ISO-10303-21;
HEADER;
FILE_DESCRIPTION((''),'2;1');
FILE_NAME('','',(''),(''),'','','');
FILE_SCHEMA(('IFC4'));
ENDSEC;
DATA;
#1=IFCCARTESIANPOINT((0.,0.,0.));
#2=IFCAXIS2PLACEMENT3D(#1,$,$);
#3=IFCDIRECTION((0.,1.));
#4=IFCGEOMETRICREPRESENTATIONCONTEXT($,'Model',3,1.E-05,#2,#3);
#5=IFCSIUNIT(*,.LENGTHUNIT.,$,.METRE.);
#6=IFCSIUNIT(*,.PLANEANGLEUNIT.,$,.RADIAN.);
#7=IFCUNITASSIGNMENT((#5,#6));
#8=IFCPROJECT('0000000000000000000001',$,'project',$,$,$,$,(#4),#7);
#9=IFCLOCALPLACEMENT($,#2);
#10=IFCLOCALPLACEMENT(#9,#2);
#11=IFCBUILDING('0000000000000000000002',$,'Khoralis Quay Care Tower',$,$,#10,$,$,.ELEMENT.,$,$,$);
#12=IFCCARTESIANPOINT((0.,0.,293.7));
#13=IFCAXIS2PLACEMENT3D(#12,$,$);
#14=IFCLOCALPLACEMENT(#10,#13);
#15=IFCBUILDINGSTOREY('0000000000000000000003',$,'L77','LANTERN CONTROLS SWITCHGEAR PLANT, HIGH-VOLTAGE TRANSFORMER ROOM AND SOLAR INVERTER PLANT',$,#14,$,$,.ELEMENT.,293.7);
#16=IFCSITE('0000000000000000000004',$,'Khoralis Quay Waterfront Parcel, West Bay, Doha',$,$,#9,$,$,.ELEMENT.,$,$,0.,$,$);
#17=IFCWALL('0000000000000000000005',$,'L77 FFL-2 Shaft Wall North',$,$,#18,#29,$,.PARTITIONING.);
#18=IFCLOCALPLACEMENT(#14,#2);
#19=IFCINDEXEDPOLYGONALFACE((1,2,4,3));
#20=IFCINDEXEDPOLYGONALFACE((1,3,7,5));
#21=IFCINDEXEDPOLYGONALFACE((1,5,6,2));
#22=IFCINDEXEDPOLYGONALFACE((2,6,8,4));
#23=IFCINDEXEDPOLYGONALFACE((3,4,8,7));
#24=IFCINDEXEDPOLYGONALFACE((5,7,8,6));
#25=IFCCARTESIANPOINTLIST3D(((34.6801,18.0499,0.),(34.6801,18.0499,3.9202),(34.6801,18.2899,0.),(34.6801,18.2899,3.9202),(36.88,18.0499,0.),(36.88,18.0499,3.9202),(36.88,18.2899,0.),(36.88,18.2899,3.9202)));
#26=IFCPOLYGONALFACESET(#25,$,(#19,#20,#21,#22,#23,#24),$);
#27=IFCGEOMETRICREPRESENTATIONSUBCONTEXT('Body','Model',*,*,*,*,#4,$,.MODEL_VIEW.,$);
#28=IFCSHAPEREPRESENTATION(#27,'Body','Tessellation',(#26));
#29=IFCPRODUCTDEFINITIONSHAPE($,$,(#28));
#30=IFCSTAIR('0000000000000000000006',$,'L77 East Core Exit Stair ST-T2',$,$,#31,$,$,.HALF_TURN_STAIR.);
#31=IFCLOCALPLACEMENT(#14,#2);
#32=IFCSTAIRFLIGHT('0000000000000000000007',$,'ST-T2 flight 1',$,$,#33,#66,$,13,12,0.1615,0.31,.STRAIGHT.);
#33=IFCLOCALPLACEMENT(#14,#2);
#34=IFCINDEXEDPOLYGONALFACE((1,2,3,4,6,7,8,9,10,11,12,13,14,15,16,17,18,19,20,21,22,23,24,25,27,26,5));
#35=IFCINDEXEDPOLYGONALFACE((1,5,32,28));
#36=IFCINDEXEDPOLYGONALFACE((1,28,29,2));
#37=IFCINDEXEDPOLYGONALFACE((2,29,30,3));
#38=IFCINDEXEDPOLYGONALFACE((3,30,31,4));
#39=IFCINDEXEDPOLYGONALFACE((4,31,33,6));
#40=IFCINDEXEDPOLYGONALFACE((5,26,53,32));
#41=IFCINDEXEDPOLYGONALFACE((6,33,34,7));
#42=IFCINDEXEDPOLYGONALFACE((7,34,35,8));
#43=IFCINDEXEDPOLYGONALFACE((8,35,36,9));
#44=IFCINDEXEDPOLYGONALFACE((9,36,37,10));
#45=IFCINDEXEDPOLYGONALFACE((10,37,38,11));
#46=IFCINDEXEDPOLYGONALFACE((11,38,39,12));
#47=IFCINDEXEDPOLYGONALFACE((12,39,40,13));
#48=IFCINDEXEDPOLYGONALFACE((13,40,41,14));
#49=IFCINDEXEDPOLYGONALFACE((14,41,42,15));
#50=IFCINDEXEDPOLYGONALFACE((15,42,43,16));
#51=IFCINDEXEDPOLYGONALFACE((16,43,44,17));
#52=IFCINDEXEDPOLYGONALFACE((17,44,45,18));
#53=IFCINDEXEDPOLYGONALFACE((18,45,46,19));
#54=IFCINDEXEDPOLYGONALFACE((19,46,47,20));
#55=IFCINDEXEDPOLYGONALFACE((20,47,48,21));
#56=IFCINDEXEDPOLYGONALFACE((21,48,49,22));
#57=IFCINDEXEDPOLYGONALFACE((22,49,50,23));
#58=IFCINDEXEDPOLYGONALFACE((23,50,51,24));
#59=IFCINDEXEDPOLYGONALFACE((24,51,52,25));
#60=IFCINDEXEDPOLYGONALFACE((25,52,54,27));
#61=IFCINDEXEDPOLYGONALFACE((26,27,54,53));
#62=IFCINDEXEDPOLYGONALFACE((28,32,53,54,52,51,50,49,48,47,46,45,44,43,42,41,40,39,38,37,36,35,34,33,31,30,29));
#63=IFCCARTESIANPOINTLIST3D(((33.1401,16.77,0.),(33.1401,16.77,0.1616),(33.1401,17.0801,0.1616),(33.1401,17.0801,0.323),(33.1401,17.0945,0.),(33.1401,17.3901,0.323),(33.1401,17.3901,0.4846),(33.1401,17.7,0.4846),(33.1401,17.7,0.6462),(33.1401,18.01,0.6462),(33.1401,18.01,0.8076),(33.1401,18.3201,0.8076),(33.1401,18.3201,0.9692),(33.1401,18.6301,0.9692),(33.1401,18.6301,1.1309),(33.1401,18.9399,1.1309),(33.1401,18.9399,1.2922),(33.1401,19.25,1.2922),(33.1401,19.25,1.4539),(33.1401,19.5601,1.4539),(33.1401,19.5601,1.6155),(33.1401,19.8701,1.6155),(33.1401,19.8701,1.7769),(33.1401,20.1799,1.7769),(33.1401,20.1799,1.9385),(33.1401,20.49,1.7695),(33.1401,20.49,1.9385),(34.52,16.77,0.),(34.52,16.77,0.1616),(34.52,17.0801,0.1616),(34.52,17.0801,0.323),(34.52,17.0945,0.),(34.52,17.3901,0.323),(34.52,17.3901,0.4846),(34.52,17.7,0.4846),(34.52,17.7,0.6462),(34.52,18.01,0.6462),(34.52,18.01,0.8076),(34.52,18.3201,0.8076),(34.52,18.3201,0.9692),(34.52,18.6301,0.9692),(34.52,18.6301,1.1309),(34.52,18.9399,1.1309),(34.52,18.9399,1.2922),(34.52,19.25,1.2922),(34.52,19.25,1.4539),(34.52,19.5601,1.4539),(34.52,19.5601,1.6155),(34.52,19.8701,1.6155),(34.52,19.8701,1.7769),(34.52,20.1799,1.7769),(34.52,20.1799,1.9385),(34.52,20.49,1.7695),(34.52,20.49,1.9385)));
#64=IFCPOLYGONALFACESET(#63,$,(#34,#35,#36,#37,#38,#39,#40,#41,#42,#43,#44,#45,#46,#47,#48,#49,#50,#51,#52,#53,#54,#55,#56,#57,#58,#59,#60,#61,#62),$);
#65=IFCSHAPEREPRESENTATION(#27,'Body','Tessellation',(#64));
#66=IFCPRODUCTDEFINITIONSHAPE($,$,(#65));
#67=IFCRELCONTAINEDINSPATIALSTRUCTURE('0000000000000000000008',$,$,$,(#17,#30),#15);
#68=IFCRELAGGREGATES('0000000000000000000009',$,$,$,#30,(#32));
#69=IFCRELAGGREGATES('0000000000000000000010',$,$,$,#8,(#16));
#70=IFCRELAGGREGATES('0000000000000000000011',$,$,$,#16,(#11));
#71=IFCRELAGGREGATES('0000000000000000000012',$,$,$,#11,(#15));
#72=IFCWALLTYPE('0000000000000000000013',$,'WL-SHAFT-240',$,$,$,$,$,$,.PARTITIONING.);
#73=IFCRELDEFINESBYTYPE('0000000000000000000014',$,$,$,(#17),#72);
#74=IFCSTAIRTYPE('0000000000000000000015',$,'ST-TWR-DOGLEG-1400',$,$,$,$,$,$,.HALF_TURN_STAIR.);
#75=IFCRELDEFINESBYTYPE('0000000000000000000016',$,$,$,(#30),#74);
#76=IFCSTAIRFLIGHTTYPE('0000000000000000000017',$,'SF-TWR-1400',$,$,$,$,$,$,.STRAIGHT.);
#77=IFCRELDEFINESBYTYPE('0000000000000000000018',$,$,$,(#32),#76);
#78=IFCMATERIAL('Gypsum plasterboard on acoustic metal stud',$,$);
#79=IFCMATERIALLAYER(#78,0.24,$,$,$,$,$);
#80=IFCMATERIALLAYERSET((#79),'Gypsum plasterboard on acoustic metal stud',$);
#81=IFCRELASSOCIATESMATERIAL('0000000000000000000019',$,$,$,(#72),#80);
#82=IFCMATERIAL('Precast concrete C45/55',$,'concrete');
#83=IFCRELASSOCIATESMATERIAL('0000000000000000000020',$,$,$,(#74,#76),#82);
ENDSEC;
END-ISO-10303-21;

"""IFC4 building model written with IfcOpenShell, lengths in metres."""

from ifc_helpers import new_model, si_unit, direction, frame, frame_2d, origin, place, context, subcontext, project, spatial, polyline, rectangle, outline, extrude, source, transform, mapped, material, layer, layer_set, type_object, element, aggregate, save


model = new_model("IFC4")

# Units and contexts
model_context = context("Model", 3, precision=1e-05, world=origin(), true_north=direction((0.0, 1.0)))
body_context = subcontext(model_context, "Body", "Model", "MODEL_VIEW")
ifc_project = project(units=[si_unit("LENGTHUNIT", "METRE"), si_unit("PLANEANGLEUNIT", "RADIAN")], contexts=[model_context])

# Site, building, storey
site_placement = place(None, origin())
site = spatial("IfcSite", under=ifc_project, at=site_placement, Name="Khoralis Quay Waterfront Parcel, West Bay, Doha", CompositionType="ELEMENT", RefElevation=0.0)
building_placement = place(site_placement, origin())
building = spatial("IfcBuilding", under=site, at=building_placement, Name="Khoralis Quay Care Tower", CompositionType="ELEMENT")
storey_placement = place(building_placement, frame((0.0, 0.0, 293.7)))
storey = spatial("IfcBuildingStorey", under=building, at=storey_placement, Name="L77", Description="LANTERN CONTROLS SWITCHGEAR PLANT, HIGH-VOLTAGE TRANSFORMER ROOM AND SOLAR INVERTER PLANT", CompositionType="ELEMENT", Elevation=293.7)

# Shared definitions
ifc_material_1 = material(Name="Gypsum plasterboard on acoustic metal stud")

# Wall
ifc_layer_1 = layer(ifc_material_1, 0.24)
ifc_layer_set_1 = layer_set([ifc_layer_1], Name="Gypsum plasterboard on acoustic metal stud")
wall_type_1 = type_object("IfcWallType", Name="WL-SHAFT-240", PredefinedType="PARTITIONING", material=ifc_layer_set_1)
wall_1_placement = place(storey_placement, frame((34.6799, 18.1699, 0.0), z_axis=(0.0, 0.0, 1.0), x_axis=(1.0, 0.0, 0.0)))
element("IfcWall", 1, at=wall_1_placement, inside=storey, type_object=wall_type_1, Name="L77 FFL-2 Shaft Wall North", PredefinedType="PARTITIONING", context=body_context, shape_type="SweptSolid", body=[
    extrude(rectangle(XDim=2.2, YDim=0.24, at=frame_2d((1.1001, 0.0))), origin(), (0.0, 0.0, 1.0), 3.9202),
])

# Stair, stair flight
ifc_material_2 = material(Name="Precast concrete C45/55", Category="concrete")
stair_type = type_object("IfcStairType", Name="ST-TWR-DOGLEG-1400", PredefinedType="HALF_TURN_STAIR", material=ifc_material_2)
stair_placement = place(storey_placement, origin())
stair = element("IfcStair", 2, at=stair_placement, inside=storey, type_object=stair_type, Name="L77 East Core Exit Stair ST-T2", PredefinedType="HALF_TURN_STAIR")
stair_flight_type = type_object("IfcStairFlightType", Name="SF-TWR-1400", PredefinedType="STRAIGHT", material=ifc_material_2)
shared_shape_1 = source(origin(), body_context, "Body", "SweptSolid", [
    extrude(outline(polyline([(0.0, 0.0), (0.0, 0.1616), (0.3101, 0.1616), (0.3101, 0.323), (0.6201, 0.323), (0.6201, 0.4846), (0.9299, 0.4846), (0.9299, 0.6462), (1.24, 0.6462), (1.24, 0.8076), (1.55, 0.8076), (1.55, 0.9692), (1.8601, 0.9692), (1.8601, 1.1309), (2.1699, 1.1309), (2.1699, 1.2922), (2.48, 1.2922), (2.48, 1.4539), (2.79, 1.4539), (2.79, 1.6155), (3.1001, 1.6155), (3.1001, 1.7769), (3.4099, 1.7769), (3.4099, 1.9385), (3.72, 1.9385), (3.72, 2.1001), (3.72, 1.7695), (0.3245, 0.0), (0.0, 0.0)])), frame((0.0, 0.6899, 0.0), z_axis=(0.0, -1.0, 0.0), x_axis=(1.0, 0.0, 0.0)), (0.0, 0.0, 1.0), 1.3799),
])
stair_flight_placement = place(storey_placement, frame((33.8301, 16.77, 0.0), z_axis=(0.0, 0.0, 1.0), x_axis=(0.0, 1.0, 0.0)))
stair_flight = element("IfcStairFlight", 3, at=stair_flight_placement, type_object=stair_flight_type, Name="ST-T2 flight 1", NumberOfRisers=13, NumberOfTreads=12, PredefinedType="STRAIGHT", RiserHeight=0.1615, TreadLength=0.31, context=body_context, shape_type="MappedRepresentation", body=[
    mapped(shared_shape_1, transform((0.0, 0.0, 0.0), scale=1.0)),
])
aggregate(stair, [stair_flight])

save(model, "model.ifc")
